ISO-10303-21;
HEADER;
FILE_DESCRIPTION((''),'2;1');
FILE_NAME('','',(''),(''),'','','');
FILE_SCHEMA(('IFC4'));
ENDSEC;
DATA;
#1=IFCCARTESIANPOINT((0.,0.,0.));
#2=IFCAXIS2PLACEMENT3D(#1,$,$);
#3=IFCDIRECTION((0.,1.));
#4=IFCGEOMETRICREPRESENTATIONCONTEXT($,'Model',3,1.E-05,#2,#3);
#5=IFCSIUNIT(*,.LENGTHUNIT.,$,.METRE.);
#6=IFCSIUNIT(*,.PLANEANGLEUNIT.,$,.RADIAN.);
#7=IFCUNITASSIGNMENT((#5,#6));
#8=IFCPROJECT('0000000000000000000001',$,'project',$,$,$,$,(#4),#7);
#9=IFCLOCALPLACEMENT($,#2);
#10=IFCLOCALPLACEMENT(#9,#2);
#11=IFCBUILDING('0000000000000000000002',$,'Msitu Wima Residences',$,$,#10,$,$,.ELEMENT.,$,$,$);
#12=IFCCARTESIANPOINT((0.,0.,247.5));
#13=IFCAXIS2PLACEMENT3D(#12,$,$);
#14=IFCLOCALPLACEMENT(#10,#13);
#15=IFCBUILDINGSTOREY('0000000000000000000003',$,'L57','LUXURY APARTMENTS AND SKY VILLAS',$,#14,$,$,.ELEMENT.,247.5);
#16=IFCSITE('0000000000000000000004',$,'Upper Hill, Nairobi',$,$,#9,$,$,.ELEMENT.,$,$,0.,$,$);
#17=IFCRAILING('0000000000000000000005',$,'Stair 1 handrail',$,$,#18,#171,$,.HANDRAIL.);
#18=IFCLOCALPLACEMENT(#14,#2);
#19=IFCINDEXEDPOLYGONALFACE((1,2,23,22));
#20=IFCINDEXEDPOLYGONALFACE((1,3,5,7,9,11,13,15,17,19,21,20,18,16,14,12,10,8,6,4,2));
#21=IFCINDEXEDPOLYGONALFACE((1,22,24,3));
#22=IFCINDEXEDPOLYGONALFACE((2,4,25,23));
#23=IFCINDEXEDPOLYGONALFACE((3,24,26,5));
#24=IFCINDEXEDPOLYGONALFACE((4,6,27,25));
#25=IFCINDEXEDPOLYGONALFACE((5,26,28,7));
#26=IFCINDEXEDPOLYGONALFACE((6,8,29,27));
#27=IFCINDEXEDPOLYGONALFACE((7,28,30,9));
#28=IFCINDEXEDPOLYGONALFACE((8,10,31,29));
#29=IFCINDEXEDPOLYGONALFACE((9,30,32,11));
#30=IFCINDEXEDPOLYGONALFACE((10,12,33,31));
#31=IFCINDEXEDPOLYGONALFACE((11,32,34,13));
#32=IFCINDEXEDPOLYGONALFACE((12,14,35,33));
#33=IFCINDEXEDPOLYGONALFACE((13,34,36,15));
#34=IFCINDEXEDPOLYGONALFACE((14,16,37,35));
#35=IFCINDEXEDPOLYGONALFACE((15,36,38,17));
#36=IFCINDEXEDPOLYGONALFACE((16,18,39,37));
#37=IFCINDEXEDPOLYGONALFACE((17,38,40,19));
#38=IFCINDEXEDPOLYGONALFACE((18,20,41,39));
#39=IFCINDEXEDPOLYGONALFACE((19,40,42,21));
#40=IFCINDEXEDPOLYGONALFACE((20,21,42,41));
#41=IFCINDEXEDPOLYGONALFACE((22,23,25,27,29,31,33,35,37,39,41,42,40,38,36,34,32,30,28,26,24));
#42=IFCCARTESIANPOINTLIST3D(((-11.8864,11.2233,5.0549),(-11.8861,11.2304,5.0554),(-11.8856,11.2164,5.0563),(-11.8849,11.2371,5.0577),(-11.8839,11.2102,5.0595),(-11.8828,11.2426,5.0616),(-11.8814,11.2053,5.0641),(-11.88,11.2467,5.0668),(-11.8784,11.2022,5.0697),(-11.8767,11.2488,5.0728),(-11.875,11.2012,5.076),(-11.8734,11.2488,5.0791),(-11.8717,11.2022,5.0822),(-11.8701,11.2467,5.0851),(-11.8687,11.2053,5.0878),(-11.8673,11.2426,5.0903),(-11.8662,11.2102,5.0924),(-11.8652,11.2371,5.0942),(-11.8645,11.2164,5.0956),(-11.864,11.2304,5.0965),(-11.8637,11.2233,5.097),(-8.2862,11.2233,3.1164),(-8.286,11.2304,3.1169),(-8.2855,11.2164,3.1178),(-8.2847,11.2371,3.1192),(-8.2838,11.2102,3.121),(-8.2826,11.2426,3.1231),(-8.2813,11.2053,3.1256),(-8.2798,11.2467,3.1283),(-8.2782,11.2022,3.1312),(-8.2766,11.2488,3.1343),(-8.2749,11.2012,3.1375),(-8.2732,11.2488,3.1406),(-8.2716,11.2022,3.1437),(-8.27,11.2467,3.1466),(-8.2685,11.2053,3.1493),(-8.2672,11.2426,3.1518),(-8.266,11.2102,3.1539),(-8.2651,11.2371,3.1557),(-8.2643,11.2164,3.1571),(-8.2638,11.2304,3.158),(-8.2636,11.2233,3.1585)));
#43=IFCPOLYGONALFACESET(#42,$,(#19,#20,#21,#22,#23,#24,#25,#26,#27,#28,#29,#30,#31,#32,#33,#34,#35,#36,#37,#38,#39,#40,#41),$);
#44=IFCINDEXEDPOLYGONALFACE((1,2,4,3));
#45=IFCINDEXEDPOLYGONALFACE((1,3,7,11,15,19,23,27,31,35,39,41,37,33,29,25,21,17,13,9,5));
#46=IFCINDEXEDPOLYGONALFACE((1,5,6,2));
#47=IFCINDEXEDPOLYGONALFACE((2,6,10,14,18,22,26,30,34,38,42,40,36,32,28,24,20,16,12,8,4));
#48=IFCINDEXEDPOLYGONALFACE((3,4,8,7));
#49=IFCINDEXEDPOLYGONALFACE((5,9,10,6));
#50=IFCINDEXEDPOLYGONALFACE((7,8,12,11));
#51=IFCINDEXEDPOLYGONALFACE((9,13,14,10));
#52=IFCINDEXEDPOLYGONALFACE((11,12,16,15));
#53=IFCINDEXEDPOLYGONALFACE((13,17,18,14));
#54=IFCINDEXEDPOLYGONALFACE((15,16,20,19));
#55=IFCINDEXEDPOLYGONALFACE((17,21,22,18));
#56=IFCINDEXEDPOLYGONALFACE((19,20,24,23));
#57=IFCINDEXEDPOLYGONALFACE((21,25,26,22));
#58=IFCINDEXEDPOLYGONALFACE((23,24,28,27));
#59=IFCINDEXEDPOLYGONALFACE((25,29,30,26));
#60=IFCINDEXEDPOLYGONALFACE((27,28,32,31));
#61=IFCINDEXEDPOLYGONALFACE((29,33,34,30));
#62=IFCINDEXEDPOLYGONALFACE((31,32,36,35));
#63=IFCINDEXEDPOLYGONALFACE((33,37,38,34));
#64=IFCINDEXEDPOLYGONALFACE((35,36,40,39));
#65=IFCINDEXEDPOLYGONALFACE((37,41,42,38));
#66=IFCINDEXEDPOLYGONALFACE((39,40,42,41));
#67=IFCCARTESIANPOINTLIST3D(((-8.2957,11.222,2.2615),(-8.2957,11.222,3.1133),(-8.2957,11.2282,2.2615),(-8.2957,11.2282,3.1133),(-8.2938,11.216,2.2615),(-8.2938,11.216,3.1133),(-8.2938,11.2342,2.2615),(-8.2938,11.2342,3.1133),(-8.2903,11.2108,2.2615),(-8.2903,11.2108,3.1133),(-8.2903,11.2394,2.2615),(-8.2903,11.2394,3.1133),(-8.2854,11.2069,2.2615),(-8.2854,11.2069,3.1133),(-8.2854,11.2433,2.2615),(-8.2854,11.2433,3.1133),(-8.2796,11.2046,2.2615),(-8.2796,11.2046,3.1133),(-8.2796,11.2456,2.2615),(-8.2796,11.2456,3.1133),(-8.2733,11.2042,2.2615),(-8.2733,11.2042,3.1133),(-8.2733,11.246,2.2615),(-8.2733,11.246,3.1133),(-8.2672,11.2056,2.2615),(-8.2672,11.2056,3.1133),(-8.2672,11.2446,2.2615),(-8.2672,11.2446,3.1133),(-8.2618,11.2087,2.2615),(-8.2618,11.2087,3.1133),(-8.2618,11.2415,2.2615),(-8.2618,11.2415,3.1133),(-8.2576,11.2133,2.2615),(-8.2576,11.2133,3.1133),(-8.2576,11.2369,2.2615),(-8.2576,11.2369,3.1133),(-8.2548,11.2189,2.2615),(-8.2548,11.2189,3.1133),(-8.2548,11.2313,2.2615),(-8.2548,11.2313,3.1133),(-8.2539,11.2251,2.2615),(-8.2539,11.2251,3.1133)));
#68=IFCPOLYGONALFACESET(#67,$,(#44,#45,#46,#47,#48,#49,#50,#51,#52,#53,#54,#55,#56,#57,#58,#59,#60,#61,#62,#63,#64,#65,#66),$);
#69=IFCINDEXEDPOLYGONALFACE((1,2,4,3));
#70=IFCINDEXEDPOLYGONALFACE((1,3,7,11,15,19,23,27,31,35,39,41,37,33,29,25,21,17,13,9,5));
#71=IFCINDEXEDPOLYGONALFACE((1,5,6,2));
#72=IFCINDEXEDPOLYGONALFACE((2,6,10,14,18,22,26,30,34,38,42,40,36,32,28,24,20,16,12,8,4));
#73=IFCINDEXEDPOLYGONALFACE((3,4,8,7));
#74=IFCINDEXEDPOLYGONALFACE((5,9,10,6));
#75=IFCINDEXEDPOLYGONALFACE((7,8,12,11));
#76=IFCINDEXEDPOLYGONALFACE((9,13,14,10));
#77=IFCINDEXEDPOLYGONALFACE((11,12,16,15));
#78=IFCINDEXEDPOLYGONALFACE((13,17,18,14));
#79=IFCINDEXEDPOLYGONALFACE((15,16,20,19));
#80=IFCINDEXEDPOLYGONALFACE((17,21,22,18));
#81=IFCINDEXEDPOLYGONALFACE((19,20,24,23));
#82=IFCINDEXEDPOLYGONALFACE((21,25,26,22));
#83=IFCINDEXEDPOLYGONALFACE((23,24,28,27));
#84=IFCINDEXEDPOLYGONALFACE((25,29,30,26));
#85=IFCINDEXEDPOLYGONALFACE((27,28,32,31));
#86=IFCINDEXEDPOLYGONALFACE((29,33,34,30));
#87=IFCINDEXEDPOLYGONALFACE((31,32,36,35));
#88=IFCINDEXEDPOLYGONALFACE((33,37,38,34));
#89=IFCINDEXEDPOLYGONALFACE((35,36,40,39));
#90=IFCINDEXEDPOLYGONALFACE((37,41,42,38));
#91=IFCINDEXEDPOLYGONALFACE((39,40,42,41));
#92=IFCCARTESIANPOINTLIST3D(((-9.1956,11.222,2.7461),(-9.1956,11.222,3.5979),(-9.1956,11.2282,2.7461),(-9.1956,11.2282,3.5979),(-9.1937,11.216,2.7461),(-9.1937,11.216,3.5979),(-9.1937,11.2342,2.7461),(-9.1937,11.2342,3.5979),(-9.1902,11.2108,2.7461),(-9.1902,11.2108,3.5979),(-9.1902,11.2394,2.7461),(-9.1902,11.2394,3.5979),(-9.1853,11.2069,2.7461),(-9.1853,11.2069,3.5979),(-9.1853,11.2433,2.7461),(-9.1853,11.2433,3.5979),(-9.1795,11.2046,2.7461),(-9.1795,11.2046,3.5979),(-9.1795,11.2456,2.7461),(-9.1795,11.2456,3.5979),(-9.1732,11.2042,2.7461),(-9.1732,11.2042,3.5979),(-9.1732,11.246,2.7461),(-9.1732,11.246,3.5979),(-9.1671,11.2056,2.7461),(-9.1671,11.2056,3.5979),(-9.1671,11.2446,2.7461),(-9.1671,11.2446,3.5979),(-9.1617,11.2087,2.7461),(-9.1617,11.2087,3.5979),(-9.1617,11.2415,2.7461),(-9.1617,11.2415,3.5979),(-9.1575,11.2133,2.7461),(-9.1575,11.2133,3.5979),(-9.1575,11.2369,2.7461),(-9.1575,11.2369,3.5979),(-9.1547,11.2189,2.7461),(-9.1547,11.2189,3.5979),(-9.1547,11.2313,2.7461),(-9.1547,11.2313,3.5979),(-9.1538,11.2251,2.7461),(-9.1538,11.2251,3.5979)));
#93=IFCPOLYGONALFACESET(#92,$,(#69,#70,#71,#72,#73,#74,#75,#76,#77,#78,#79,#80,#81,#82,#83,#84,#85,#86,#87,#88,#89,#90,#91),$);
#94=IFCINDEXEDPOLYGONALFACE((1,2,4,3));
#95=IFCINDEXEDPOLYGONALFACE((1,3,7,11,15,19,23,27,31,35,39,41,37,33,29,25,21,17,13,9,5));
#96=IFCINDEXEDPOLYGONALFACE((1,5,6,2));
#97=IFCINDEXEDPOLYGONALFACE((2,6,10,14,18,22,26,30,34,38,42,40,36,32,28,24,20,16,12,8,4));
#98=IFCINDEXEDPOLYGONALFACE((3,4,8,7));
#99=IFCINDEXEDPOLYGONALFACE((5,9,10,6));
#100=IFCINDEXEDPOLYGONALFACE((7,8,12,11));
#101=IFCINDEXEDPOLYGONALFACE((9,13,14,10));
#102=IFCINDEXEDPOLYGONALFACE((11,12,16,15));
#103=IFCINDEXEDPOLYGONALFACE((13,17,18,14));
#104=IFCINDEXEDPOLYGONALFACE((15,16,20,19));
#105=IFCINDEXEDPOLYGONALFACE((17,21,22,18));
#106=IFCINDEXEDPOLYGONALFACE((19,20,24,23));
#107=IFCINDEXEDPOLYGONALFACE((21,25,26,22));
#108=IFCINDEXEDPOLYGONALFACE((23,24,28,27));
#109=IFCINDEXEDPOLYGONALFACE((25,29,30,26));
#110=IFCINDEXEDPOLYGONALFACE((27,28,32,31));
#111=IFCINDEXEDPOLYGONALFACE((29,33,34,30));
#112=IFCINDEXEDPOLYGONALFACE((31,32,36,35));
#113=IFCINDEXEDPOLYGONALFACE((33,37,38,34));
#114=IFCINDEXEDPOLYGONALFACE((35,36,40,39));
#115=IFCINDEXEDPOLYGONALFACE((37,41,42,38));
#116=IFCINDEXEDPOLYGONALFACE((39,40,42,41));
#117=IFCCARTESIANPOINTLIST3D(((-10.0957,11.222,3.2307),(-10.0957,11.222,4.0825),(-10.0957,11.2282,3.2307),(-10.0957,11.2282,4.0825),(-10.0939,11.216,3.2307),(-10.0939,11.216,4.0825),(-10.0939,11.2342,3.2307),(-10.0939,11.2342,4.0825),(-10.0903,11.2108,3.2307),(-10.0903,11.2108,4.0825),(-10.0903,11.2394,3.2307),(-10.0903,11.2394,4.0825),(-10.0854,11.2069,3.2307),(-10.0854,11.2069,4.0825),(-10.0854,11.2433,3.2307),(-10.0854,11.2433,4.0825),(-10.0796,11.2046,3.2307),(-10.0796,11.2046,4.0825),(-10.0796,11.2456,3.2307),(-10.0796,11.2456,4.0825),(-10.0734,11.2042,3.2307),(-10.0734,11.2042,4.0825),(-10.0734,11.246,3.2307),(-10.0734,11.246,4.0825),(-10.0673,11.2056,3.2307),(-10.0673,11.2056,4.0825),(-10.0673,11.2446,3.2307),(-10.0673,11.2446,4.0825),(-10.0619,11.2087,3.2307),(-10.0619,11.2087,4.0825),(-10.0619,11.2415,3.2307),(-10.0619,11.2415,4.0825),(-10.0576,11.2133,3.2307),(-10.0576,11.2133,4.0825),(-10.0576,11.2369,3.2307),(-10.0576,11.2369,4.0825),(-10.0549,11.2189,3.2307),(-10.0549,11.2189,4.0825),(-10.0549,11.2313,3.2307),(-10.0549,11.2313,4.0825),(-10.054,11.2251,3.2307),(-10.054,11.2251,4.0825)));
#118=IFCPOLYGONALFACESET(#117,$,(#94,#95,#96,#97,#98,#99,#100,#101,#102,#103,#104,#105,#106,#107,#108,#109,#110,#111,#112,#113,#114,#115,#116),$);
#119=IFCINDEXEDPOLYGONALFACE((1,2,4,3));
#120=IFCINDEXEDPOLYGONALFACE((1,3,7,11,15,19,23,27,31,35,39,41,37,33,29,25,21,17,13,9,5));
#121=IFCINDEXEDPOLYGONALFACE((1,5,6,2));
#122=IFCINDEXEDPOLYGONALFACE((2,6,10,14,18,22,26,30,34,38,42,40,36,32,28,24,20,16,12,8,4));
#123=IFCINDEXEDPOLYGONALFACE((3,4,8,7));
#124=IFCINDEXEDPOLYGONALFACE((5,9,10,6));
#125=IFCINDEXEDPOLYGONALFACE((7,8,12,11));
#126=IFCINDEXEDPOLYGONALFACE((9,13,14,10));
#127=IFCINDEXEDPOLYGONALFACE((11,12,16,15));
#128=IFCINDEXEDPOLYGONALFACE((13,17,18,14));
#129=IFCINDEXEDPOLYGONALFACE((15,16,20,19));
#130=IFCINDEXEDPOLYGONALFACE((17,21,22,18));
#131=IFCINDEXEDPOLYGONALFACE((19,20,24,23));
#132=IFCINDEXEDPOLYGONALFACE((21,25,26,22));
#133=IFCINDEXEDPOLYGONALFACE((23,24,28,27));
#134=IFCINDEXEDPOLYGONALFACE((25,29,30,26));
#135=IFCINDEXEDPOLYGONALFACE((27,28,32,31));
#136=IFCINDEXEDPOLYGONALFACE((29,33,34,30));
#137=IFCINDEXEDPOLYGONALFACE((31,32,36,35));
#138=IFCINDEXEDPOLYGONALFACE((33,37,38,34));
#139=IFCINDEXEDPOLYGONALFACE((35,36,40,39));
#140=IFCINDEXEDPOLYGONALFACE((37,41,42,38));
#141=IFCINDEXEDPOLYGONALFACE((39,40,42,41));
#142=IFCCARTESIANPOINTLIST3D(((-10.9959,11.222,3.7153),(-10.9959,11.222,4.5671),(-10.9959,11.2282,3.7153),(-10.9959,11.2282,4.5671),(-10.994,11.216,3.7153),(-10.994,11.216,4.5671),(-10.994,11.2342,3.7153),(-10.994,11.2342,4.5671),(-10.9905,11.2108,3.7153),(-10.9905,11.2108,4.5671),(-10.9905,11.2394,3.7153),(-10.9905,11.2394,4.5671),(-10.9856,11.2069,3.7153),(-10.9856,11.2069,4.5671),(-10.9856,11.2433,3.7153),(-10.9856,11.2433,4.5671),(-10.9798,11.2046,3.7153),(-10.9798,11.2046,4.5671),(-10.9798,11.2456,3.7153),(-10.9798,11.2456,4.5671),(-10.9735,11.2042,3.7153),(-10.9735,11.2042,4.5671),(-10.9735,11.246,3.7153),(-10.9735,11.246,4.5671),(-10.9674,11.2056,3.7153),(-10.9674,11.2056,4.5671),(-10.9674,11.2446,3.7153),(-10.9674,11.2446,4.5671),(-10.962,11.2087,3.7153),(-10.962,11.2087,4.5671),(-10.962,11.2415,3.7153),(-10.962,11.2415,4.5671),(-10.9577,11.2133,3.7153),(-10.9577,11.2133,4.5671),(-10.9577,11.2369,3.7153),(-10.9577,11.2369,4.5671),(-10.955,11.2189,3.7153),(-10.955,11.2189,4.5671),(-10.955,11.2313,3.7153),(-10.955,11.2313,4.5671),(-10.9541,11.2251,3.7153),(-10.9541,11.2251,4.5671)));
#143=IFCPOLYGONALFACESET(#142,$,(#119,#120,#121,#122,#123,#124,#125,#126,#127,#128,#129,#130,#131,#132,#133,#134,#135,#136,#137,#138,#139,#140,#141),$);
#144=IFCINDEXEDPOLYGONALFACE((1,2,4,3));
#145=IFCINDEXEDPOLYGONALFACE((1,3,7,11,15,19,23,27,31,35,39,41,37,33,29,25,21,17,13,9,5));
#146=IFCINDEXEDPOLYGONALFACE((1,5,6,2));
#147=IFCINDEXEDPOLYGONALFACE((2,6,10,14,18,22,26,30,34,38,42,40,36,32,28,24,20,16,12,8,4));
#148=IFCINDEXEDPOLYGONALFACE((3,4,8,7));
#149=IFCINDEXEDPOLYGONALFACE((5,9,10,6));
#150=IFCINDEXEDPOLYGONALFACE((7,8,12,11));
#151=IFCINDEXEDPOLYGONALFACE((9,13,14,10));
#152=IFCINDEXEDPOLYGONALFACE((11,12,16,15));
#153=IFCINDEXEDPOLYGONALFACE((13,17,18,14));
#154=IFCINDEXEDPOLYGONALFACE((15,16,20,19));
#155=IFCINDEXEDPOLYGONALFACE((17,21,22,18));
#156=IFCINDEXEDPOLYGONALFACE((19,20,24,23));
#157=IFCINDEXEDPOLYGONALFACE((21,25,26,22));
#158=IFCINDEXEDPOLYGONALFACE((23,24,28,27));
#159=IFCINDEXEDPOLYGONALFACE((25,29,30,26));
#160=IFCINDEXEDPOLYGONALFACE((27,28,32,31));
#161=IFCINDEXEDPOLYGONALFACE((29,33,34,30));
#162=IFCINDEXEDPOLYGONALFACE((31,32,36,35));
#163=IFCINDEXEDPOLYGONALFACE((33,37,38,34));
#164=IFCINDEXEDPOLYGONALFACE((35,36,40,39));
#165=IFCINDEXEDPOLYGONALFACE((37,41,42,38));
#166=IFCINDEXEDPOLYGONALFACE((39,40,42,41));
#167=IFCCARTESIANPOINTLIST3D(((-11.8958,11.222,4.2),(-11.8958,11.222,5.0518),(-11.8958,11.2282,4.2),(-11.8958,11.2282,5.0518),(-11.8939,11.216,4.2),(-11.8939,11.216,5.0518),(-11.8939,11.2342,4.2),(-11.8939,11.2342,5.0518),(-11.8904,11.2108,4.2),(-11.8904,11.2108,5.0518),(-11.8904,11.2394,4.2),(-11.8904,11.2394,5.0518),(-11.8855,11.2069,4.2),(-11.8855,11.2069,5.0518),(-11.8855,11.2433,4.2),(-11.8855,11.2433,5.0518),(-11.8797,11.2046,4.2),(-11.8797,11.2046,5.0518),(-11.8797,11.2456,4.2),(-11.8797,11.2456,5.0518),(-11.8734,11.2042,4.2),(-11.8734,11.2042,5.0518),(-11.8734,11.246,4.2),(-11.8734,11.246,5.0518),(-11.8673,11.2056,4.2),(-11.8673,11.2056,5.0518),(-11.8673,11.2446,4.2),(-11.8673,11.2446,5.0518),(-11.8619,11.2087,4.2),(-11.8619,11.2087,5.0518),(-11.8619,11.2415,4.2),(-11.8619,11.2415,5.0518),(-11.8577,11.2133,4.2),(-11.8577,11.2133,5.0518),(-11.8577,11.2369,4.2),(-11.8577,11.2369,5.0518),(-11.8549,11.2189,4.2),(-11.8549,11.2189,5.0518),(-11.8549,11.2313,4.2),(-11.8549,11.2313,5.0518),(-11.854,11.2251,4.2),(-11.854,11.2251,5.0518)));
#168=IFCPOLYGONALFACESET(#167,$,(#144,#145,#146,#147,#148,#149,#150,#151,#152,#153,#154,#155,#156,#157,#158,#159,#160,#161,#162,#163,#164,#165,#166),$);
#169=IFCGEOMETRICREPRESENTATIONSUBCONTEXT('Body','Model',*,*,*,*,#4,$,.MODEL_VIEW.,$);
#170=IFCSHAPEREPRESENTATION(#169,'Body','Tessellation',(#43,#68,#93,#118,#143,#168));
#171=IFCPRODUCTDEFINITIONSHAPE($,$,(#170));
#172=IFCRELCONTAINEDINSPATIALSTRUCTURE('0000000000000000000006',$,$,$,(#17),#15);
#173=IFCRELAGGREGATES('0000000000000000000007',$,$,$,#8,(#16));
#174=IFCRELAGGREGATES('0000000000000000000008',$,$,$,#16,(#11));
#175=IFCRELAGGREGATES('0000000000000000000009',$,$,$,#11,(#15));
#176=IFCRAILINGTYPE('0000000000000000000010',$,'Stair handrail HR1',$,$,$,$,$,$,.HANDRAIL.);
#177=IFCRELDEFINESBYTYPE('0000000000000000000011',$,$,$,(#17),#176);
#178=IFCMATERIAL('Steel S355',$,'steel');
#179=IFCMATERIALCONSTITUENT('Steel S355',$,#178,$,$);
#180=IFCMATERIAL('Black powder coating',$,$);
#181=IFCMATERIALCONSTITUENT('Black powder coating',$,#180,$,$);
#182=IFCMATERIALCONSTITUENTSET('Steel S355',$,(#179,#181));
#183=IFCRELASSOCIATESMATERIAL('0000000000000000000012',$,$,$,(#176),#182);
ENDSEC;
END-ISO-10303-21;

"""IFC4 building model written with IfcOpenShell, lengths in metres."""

from ifc_helpers import new_model, si_unit, direction, frame, origin, origin_2d, place, context, subcontext, project, spatial, circle, extrude, material, constituent, constituent_set, type_object, element, save


model = new_model("IFC4")

# Units and contexts
model_context = context("Model", 3, precision=1e-05, world=origin(), true_north=direction((0.0, 1.0)))
body_context = subcontext(model_context, "Body", "Model", "MODEL_VIEW")
ifc_project = project(units=[si_unit("LENGTHUNIT", "METRE"), si_unit("PLANEANGLEUNIT", "RADIAN")], contexts=[model_context])

# Site, building, storey
site_placement = place(None, origin())
site = spatial("IfcSite", under=ifc_project, at=site_placement, Name="Upper Hill, Nairobi", CompositionType="ELEMENT", RefElevation=0.0)
building_placement = place(site_placement, origin())
building = spatial("IfcBuilding", under=site, at=building_placement, Name="Msitu Wima Residences", CompositionType="ELEMENT")
storey_placement = place(building_placement, frame((0.0, 0.0, 247.5)))
storey = spatial("IfcBuildingStorey", under=building, at=storey_placement, Name="L57", Description="LUXURY APARTMENTS AND SKY VILLAS", CompositionType="ELEMENT", Elevation=247.5)

# Railing
ifc_material_1 = material(Name="Steel S355", Category="steel")
ifc_constituent_1 = constituent(ifc_material_1, Name="Steel S355")
ifc_material_2 = material(Name="Black powder coating")
ifc_constituent_2 = constituent(ifc_material_2, Name="Black powder coating")
ifc_constituent_set = constituent_set(constituents=[ifc_constituent_1, ifc_constituent_2], Name="Steel S355")
railing_type = type_object("IfcRailingType", Name="Stair handrail HR1", PredefinedType="HANDRAIL", material=ifc_constituent_set)
for number, where, name in (
    (1, (-8.2749, 11.2251, 2.2615), "Stair 1 handrail"),
):
    element("IfcRailing", number, at=place(storey_placement, frame(where)), inside=storey, type_object=railing_type, Name=name, PredefinedType="HANDRAIL", context=body_context, shape_type="SweptSolid", body=[
        extrude(circle(Radius=0.0239, at=origin_2d()), frame((0.0, 0.0, 0.876), z_axis=(-0.880475, 0.0, 0.474093), x_axis=(0.0, -1.0, 0.0)), (0.0, 0.0, 1.0), 4.0889),
        extrude(circle(Radius=0.021, at=origin_2d()), origin(), (0.0, 0.0, 1.0), 0.8518),
        extrude(circle(Radius=0.021, at=origin_2d()), frame((-0.8999, 0.0, 0.4846)), (0.0, 0.0, 1.0), 0.8518),
        extrude(circle(Radius=0.021, at=origin_2d()), frame((-1.8, 0.0, 0.9692)), (0.0, 0.0, 1.0), 0.8518),
        extrude(circle(Radius=0.021, at=origin_2d()), frame((-2.7002, 0.0, 1.4539)), (0.0, 0.0, 1.0), 0.8518),
        extrude(circle(Radius=0.021, at=origin_2d()), frame((-3.6001, 0.0, 1.9385)), (0.0, 0.0, 1.0), 0.8518),
    ])

save(model, "model.ifc")
